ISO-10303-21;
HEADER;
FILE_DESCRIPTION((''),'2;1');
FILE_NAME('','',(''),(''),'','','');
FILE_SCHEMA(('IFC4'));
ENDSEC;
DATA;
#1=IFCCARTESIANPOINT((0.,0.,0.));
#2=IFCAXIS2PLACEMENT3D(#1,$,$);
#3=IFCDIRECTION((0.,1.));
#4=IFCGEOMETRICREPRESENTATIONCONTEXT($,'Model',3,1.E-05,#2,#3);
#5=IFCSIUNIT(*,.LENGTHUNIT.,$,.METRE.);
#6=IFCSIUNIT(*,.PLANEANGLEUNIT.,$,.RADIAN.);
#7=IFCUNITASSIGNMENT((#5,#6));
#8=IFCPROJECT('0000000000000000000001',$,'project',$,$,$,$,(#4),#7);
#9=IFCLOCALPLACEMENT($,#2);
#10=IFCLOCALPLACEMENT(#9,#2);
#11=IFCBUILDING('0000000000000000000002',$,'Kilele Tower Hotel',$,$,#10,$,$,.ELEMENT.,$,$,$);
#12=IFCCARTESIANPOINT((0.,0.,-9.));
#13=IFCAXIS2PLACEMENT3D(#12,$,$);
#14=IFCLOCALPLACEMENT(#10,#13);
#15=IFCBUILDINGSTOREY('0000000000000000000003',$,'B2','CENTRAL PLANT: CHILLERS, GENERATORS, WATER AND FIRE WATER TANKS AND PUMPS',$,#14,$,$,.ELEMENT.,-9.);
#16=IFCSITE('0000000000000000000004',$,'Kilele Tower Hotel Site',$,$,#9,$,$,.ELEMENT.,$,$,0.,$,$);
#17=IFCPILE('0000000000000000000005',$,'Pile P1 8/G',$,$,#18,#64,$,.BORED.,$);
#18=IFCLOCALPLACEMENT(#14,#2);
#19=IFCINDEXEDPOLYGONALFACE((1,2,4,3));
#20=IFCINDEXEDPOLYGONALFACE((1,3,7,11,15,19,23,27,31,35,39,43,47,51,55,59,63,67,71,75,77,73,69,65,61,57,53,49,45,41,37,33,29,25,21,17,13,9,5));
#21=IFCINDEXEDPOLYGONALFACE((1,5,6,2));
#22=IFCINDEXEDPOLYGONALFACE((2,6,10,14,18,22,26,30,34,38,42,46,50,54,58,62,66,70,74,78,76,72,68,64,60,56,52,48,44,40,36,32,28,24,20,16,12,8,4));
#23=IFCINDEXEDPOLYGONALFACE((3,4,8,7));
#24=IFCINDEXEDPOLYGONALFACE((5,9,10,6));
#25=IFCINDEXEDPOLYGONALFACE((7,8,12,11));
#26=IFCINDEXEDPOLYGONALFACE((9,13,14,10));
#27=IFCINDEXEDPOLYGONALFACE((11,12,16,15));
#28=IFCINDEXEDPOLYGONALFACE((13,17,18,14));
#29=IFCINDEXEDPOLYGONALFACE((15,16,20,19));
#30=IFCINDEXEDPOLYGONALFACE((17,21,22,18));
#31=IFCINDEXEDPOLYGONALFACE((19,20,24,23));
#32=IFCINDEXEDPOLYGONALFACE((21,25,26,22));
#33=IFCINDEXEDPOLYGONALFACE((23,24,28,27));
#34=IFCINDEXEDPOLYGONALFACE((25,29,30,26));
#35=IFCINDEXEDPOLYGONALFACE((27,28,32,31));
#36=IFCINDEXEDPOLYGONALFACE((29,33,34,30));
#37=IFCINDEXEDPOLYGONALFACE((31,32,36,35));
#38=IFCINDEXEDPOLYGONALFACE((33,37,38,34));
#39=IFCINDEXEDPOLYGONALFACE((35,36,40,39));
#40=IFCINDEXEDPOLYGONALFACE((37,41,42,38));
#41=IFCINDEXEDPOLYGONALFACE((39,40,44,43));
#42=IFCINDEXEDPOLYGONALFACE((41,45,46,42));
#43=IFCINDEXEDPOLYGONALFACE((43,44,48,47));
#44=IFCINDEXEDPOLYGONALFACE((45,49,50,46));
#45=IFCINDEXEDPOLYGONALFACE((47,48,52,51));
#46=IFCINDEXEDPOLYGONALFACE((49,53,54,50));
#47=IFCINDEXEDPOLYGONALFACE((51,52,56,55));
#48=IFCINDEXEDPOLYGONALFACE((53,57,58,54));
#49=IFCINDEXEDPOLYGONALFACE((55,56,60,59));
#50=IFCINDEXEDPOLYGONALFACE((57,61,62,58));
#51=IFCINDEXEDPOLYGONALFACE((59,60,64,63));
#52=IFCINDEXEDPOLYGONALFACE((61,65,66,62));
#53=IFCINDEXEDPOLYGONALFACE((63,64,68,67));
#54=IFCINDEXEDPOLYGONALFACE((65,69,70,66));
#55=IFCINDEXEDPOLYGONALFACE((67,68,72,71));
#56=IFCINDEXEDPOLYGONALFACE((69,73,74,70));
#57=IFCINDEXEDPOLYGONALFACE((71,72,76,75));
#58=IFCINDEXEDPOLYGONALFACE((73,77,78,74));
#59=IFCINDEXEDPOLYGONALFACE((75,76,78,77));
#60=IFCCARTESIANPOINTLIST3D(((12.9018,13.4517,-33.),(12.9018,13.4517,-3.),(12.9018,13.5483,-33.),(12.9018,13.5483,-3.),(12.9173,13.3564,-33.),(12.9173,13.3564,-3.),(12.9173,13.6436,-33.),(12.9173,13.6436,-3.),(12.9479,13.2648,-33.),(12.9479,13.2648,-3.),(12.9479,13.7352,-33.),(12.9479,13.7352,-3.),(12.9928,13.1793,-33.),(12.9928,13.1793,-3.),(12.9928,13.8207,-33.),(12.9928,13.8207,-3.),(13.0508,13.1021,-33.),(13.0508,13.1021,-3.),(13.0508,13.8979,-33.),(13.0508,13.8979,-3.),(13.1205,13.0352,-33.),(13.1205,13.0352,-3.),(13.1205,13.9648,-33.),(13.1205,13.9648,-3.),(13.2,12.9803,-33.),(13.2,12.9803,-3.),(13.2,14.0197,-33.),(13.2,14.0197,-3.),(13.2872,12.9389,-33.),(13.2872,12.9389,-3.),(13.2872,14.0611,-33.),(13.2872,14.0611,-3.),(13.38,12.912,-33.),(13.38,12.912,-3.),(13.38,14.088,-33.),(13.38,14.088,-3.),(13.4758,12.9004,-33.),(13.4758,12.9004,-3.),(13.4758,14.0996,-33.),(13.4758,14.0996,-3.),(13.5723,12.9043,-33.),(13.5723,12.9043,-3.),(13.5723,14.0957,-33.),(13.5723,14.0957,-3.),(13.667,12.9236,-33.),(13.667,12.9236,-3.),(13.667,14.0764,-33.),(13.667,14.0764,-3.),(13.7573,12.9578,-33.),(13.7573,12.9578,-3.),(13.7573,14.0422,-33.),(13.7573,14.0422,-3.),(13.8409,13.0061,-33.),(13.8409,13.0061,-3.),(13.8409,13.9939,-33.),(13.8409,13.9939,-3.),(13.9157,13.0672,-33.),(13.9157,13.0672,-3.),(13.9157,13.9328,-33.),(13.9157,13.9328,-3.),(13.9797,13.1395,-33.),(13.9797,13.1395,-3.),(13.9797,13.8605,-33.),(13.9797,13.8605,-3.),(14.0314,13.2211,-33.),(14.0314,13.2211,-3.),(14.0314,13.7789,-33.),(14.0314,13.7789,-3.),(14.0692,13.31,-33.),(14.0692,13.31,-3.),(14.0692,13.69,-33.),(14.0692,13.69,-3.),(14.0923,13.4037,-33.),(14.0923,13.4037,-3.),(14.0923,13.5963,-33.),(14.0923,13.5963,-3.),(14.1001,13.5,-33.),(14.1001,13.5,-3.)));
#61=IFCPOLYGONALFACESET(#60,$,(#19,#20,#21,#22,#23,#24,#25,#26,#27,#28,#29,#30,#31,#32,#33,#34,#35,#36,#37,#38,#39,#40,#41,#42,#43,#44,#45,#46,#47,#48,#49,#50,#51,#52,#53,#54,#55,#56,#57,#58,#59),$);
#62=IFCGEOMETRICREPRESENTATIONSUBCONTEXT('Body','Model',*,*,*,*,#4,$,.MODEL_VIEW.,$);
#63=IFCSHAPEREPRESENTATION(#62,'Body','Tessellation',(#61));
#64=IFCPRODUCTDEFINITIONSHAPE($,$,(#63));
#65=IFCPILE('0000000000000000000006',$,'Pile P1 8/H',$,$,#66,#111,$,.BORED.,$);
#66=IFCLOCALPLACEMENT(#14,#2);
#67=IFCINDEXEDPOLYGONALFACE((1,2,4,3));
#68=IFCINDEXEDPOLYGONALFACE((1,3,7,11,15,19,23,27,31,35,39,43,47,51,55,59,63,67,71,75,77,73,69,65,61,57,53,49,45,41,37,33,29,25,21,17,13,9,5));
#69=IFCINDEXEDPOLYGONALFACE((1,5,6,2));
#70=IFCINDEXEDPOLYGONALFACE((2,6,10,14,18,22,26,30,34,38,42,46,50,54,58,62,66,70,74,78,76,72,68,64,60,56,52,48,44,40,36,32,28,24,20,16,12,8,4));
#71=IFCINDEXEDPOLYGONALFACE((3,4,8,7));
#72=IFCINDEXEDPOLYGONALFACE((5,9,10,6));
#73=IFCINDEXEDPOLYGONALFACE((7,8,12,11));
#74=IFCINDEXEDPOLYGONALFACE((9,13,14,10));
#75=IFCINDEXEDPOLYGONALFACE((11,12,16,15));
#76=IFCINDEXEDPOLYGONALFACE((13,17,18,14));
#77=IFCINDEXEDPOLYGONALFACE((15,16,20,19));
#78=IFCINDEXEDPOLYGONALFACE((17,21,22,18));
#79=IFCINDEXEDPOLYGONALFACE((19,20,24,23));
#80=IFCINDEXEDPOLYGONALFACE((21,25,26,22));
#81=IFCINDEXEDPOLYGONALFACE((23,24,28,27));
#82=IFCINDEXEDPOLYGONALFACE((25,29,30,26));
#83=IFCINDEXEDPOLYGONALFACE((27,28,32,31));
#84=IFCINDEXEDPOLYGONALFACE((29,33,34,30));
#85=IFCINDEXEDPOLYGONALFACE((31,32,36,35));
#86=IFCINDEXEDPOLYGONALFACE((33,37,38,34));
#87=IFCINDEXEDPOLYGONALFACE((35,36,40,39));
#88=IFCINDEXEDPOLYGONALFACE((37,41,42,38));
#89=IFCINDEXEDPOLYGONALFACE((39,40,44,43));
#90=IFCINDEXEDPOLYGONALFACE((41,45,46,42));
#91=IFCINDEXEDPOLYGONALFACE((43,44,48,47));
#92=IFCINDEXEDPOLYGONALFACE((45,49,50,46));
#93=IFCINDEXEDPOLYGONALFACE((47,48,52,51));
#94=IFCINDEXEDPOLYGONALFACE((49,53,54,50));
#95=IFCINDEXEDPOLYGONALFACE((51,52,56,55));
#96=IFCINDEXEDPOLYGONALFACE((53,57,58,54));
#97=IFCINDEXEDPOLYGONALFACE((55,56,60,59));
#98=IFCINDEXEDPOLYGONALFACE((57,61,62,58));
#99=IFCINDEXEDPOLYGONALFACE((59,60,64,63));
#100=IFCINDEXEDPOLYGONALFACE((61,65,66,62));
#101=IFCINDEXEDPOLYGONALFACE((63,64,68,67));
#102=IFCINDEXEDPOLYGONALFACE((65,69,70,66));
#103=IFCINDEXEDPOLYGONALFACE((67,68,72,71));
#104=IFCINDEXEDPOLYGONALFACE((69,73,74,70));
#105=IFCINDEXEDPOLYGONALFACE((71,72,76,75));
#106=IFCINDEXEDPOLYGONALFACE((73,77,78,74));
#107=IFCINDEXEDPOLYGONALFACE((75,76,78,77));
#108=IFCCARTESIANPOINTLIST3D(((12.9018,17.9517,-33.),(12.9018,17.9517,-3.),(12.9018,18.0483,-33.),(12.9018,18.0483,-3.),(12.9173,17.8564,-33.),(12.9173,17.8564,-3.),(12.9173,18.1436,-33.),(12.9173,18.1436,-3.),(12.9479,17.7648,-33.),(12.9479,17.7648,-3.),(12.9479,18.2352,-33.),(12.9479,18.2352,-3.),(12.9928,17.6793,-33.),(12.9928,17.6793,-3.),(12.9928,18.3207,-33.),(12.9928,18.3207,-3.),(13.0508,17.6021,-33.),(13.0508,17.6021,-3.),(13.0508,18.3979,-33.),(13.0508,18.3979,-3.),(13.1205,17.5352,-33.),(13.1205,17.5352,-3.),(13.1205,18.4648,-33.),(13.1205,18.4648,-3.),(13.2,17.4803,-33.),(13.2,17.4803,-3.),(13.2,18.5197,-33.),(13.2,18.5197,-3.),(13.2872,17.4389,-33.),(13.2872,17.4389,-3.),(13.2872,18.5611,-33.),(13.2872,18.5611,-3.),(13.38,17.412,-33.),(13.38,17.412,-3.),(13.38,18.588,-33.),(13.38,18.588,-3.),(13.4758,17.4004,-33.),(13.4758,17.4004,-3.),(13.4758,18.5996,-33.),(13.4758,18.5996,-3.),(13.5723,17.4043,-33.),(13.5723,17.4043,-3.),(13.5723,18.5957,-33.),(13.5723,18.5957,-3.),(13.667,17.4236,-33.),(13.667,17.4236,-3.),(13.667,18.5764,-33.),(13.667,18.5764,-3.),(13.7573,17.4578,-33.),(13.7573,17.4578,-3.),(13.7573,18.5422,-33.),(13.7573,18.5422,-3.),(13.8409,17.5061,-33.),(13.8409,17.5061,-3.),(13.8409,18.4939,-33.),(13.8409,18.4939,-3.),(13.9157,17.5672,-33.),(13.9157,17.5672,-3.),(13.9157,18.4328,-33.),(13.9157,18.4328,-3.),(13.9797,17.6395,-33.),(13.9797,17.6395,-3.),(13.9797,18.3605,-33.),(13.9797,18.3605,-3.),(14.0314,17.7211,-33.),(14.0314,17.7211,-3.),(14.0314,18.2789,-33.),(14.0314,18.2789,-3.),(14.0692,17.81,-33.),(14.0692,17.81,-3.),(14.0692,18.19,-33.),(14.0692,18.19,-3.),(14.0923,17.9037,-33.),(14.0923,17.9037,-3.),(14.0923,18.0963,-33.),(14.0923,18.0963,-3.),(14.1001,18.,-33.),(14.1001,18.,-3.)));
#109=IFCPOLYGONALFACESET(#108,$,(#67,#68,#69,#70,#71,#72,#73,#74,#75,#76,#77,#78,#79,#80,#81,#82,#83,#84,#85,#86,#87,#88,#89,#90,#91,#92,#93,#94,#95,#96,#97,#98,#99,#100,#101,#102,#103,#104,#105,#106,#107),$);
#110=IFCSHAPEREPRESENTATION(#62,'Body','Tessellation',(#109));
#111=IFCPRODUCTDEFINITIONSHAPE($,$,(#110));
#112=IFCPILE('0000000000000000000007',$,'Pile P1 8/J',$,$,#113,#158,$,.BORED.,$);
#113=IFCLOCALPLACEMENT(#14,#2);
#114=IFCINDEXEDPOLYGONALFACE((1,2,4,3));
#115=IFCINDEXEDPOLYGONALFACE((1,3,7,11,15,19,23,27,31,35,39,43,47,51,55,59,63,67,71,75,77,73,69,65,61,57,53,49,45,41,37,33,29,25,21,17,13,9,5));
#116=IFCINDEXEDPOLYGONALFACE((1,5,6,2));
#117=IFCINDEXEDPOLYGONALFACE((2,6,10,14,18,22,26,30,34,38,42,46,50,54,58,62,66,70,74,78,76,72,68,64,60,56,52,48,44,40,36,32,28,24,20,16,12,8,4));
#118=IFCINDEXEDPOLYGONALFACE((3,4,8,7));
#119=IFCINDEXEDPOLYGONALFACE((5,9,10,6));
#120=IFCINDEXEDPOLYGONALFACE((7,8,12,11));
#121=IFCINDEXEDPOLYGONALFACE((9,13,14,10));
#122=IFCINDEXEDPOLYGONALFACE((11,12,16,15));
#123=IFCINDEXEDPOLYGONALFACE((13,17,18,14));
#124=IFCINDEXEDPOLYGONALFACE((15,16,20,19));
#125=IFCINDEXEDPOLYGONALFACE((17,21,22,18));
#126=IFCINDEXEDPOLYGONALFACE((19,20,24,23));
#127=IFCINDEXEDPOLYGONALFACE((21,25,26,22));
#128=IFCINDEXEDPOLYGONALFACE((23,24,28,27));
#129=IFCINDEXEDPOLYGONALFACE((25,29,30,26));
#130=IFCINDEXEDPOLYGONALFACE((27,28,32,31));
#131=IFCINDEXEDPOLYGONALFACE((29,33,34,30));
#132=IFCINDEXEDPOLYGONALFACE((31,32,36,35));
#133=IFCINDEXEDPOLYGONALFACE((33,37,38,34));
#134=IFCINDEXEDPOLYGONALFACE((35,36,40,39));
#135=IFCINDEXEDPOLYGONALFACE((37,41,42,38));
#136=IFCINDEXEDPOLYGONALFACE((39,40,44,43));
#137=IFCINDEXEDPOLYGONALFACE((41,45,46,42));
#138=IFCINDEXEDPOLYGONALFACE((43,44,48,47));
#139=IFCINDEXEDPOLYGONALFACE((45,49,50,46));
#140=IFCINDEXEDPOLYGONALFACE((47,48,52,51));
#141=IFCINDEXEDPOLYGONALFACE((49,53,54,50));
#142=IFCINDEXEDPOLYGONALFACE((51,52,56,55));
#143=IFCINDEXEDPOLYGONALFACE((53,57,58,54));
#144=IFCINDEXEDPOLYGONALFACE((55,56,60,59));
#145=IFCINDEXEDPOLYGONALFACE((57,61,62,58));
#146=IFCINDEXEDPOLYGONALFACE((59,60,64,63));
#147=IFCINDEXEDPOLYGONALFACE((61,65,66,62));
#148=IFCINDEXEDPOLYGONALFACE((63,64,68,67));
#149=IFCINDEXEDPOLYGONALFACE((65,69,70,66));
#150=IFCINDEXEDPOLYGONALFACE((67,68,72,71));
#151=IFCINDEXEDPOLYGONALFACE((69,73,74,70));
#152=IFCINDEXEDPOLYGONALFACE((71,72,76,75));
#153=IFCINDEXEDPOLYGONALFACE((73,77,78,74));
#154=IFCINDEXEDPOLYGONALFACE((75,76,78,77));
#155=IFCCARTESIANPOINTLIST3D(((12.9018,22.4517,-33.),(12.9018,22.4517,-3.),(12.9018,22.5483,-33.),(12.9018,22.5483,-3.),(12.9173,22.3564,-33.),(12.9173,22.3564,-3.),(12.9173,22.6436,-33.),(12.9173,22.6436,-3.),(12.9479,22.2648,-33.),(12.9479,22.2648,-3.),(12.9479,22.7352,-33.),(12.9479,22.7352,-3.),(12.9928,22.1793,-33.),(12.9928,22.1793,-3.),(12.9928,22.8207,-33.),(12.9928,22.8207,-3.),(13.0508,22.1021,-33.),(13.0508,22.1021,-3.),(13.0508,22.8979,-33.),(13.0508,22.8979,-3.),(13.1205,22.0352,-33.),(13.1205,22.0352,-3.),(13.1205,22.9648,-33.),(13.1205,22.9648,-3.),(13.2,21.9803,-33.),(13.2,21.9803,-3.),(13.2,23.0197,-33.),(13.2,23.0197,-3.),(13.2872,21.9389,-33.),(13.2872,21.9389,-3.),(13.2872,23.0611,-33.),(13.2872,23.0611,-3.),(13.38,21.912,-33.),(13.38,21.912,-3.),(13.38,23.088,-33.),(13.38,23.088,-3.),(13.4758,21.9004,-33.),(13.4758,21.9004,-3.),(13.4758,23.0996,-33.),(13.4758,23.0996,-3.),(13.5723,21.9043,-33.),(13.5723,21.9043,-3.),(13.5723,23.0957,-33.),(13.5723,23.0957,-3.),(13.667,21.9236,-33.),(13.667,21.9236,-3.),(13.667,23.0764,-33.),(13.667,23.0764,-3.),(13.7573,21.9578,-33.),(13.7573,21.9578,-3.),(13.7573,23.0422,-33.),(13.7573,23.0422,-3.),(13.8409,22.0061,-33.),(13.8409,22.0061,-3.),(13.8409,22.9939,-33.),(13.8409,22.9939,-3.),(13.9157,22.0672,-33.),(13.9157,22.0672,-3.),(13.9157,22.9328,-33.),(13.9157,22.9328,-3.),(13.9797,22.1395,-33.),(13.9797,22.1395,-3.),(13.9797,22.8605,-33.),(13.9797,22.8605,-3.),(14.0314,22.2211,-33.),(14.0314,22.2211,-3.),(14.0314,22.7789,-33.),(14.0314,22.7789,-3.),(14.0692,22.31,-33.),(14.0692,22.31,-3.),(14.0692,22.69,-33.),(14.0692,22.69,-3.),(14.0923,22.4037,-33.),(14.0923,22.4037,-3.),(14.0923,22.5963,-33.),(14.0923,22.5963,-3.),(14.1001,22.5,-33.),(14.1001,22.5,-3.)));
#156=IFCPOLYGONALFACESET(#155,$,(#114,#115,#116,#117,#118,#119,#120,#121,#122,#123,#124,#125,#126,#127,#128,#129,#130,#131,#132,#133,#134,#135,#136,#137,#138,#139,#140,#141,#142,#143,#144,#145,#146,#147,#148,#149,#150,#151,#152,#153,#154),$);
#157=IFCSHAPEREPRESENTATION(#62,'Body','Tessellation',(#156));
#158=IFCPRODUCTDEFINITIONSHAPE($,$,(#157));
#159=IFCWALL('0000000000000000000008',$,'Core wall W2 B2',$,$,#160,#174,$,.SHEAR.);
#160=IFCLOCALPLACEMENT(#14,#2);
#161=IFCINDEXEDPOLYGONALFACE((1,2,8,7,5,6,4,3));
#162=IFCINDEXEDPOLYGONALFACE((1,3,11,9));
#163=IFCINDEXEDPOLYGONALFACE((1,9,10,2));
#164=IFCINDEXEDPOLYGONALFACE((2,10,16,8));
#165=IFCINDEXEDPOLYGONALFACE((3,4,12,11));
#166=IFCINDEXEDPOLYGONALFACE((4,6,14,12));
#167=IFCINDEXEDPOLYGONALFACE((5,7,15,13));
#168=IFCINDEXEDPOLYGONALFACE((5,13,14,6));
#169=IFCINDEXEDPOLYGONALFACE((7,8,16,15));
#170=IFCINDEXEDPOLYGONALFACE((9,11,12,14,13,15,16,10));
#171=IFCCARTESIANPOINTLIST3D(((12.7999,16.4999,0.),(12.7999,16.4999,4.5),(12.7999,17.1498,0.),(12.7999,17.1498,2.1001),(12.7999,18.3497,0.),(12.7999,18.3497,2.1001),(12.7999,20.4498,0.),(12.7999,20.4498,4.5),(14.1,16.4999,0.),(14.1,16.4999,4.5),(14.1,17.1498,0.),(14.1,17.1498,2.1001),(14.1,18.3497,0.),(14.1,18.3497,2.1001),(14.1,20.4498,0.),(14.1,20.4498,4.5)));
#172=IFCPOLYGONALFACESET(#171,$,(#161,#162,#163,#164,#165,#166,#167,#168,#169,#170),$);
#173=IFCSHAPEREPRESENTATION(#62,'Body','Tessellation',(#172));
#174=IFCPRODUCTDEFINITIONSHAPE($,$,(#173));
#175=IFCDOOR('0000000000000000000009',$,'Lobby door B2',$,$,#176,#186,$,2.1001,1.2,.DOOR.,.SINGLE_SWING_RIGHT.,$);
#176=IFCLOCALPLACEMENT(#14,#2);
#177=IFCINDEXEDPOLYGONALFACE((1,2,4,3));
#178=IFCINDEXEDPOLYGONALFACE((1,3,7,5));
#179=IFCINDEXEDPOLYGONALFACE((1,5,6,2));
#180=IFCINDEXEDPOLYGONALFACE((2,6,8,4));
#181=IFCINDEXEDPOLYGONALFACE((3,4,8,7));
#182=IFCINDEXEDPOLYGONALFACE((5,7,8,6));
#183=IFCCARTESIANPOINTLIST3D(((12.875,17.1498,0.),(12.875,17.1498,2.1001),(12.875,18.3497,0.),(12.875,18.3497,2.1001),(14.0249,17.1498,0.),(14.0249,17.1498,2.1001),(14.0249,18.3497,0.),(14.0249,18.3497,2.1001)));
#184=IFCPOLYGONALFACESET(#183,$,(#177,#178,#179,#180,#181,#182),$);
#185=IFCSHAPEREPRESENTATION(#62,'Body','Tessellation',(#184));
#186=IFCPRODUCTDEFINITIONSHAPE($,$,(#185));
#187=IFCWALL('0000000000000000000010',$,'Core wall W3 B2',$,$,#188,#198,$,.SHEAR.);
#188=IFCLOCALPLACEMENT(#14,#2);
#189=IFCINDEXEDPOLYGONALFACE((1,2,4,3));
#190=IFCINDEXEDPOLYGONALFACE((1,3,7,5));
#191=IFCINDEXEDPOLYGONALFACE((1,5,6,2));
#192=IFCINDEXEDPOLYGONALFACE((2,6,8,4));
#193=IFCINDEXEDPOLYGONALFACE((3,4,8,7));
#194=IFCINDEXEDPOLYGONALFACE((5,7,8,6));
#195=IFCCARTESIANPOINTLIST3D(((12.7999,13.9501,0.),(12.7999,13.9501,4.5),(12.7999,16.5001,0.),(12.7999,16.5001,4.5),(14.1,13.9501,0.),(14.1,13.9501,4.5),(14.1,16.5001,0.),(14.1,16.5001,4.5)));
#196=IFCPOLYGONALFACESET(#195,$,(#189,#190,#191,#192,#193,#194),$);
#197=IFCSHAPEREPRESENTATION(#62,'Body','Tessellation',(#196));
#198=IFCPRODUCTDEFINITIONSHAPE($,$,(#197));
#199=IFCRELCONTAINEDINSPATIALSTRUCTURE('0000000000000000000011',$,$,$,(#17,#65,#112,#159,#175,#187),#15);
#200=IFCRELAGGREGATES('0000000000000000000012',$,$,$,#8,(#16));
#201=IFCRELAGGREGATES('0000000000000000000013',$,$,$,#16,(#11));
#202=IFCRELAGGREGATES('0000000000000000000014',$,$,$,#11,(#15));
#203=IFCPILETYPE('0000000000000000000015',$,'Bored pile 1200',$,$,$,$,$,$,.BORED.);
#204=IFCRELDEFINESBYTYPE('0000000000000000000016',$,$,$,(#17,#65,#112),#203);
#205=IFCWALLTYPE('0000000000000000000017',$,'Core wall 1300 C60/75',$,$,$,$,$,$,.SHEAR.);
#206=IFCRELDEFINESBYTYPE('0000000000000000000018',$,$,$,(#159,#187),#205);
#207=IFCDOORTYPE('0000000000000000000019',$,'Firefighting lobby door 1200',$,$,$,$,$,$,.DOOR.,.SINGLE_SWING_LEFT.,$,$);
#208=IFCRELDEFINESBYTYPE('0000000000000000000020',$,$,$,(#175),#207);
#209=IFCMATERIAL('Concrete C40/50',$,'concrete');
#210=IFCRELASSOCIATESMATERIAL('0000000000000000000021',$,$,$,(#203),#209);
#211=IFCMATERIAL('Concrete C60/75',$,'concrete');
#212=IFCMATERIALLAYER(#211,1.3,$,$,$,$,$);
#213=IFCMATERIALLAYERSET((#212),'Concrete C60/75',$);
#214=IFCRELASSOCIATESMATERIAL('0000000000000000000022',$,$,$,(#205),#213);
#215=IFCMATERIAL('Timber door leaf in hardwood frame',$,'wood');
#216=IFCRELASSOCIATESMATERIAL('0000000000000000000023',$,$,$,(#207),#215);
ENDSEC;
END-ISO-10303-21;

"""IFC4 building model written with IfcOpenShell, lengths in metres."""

from ifc_helpers import new_model, si_unit, direction, frame, frame_2d, origin, origin_2d, place, context, subcontext, project, spatial, rectangle, circle, extrude, material, layer, layer_set, material_profile, profile_set, type_object, element, fill, save


model = new_model("IFC4")

# Units and contexts
model_context = context("Model", 3, precision=1e-05, world=origin(), true_north=direction((0.0, 1.0)))
body_context = subcontext(model_context, "Body", "Model", "MODEL_VIEW")
ifc_project = project(units=[si_unit("LENGTHUNIT", "METRE"), si_unit("PLANEANGLEUNIT", "RADIAN")], contexts=[model_context])

# Site, building, storey
site_placement = place(None, origin())
site = spatial("IfcSite", under=ifc_project, at=site_placement, Name="Kilele Tower Hotel Site", CompositionType="ELEMENT", RefElevation=0.0)
building_placement = place(site_placement, origin())
building = spatial("IfcBuilding", under=site, at=building_placement, Name="Kilele Tower Hotel", CompositionType="ELEMENT")
storey_placement = place(building_placement, frame((0.0, 0.0, -9.0)))
storey = spatial("IfcBuildingStorey", under=building, at=storey_placement, Name="B2", Description="CENTRAL PLANT: CHILLERS, GENERATORS, WATER AND FIRE WATER TANKS AND PUMPS", CompositionType="ELEMENT", Elevation=-9.0)

# Piles
ifc_material_1 = material(Name="Concrete C40/50", Category="concrete")
ifc_material_profile = material_profile(ifc_material_1, circle(Radius=0.6001, at=origin_2d()))
ifc_profile_set = profile_set([ifc_material_profile], Name="Concrete C40/50")
pile_type = type_object("IfcPileType", Name="Bored pile 1200", PredefinedType="BORED", material=ifc_profile_set)
for number, where, z_axis, x_axis, name in (
    (1, (13.5, 13.5, -3.0), (0.0, 0.0, -1.0), (1.0, 0.0, 0.0), "Pile P1 8/G"),
    (2, (13.5, 18.0, -3.0), (0.0, 0.0, -1.0), (1.0, 0.0, 0.0), "Pile P1 8/H"),
    (3, (13.5, 22.5, -3.0), (0.0, 0.0, -1.0), (1.0, 0.0, 0.0), "Pile P1 8/J"),
):
    element("IfcPile", number, at=place(storey_placement, frame(where, z_axis=z_axis, x_axis=x_axis)), inside=storey, type_object=pile_type, Name=name, PredefinedType="BORED", context=body_context, shape_type="SweptSolid", body=[
        extrude(circle(Radius=0.6001, at=origin_2d()), origin(), (0.0, 0.0, 1.0), 30.0),
    ])

# Wall, opening, door
ifc_material_2 = material(Name="Concrete C60/75", Category="concrete")
ifc_layer_1 = layer(ifc_material_2, 1.3)
ifc_layer_set_1 = layer_set([ifc_layer_1], Name="Concrete C60/75")
wall_type_1 = type_object("IfcWallType", Name="Core wall 1300 C60/75", PredefinedType="SHEAR", material=ifc_layer_set_1)
wall_1_placement = place(storey_placement, frame((13.45, 20.45, 0.0), z_axis=(0.0, 0.0, 1.0), x_axis=(0.0, -1.0, 0.0)))
wall_1 = element("IfcWall", 4, at=wall_1_placement, inside=storey, type_object=wall_type_1, Name="Core wall W2 B2", PredefinedType="SHEAR", context=body_context, shape_type="SweptSolid", body=[
    extrude(rectangle(XDim=3.95, YDim=1.3, at=frame_2d((1.9751, 0.0))), origin(), (0.0, 0.0, 1.0), 4.5),
])
opening_1_placement = place(wall_1_placement, frame((2.1001, 0.0, 0.0)))
opening_1 = element("IfcOpeningElement", 5, at=opening_1_placement, cuts=wall_1, PredefinedType="OPENING", context=body_context, shape_type="SweptSolid", body=[
    extrude(rectangle(XDim=1.2, YDim=2.1001, at=frame_2d((0.6001, 1.05))), frame((0.0, 0.6599, 0.0), z_axis=(0.0, -1.0, 0.0), x_axis=(1.0, 0.0, 0.0)), (0.0, 0.0, 1.0), 1.3201),
])
ifc_material_3 = material(Name="Timber door leaf in hardwood frame", Category="wood")
door_type_1 = type_object("IfcDoorType", Name="Firefighting lobby door 1200", OperationType="SINGLE_SWING_LEFT", PredefinedType="DOOR", material=ifc_material_3)
door_1_placement = place(opening_1_placement, origin())
door_1 = element("IfcDoor", 6, at=door_1_placement, inside=storey, type_object=door_type_1, Name="Lobby door B2", OperationType="SINGLE_SWING_RIGHT", OverallHeight=2.1001, OverallWidth=1.2, PredefinedType="DOOR", context=body_context, shape_type="SweptSolid", body=[
    extrude(rectangle(XDim=1.2, YDim=2.1001, at=frame_2d((0.6001, 1.05))), frame((0.0, 0.575, 0.0), z_axis=(0.0, -1.0, 0.0), x_axis=(1.0, 0.0, 0.0)), (0.0, 0.0, 1.0), 1.1499),
])
fill(opening_1, door_1)

# Wall
wall_2_placement = place(storey_placement, frame((13.45, 16.5, 0.0), z_axis=(0.0, 0.0, 1.0), x_axis=(0.0, -1.0, 0.0)))
element("IfcWall", 7, at=wall_2_placement, inside=storey, type_object=wall_type_1, Name="Core wall W3 B2", PredefinedType="SHEAR", context=body_context, shape_type="SweptSolid", body=[
    extrude(rectangle(XDim=2.55, YDim=1.3, at=frame_2d((1.2749, 0.0))), origin(), (0.0, 0.0, 1.0), 4.5),
])

save(model, "model.ifc")
